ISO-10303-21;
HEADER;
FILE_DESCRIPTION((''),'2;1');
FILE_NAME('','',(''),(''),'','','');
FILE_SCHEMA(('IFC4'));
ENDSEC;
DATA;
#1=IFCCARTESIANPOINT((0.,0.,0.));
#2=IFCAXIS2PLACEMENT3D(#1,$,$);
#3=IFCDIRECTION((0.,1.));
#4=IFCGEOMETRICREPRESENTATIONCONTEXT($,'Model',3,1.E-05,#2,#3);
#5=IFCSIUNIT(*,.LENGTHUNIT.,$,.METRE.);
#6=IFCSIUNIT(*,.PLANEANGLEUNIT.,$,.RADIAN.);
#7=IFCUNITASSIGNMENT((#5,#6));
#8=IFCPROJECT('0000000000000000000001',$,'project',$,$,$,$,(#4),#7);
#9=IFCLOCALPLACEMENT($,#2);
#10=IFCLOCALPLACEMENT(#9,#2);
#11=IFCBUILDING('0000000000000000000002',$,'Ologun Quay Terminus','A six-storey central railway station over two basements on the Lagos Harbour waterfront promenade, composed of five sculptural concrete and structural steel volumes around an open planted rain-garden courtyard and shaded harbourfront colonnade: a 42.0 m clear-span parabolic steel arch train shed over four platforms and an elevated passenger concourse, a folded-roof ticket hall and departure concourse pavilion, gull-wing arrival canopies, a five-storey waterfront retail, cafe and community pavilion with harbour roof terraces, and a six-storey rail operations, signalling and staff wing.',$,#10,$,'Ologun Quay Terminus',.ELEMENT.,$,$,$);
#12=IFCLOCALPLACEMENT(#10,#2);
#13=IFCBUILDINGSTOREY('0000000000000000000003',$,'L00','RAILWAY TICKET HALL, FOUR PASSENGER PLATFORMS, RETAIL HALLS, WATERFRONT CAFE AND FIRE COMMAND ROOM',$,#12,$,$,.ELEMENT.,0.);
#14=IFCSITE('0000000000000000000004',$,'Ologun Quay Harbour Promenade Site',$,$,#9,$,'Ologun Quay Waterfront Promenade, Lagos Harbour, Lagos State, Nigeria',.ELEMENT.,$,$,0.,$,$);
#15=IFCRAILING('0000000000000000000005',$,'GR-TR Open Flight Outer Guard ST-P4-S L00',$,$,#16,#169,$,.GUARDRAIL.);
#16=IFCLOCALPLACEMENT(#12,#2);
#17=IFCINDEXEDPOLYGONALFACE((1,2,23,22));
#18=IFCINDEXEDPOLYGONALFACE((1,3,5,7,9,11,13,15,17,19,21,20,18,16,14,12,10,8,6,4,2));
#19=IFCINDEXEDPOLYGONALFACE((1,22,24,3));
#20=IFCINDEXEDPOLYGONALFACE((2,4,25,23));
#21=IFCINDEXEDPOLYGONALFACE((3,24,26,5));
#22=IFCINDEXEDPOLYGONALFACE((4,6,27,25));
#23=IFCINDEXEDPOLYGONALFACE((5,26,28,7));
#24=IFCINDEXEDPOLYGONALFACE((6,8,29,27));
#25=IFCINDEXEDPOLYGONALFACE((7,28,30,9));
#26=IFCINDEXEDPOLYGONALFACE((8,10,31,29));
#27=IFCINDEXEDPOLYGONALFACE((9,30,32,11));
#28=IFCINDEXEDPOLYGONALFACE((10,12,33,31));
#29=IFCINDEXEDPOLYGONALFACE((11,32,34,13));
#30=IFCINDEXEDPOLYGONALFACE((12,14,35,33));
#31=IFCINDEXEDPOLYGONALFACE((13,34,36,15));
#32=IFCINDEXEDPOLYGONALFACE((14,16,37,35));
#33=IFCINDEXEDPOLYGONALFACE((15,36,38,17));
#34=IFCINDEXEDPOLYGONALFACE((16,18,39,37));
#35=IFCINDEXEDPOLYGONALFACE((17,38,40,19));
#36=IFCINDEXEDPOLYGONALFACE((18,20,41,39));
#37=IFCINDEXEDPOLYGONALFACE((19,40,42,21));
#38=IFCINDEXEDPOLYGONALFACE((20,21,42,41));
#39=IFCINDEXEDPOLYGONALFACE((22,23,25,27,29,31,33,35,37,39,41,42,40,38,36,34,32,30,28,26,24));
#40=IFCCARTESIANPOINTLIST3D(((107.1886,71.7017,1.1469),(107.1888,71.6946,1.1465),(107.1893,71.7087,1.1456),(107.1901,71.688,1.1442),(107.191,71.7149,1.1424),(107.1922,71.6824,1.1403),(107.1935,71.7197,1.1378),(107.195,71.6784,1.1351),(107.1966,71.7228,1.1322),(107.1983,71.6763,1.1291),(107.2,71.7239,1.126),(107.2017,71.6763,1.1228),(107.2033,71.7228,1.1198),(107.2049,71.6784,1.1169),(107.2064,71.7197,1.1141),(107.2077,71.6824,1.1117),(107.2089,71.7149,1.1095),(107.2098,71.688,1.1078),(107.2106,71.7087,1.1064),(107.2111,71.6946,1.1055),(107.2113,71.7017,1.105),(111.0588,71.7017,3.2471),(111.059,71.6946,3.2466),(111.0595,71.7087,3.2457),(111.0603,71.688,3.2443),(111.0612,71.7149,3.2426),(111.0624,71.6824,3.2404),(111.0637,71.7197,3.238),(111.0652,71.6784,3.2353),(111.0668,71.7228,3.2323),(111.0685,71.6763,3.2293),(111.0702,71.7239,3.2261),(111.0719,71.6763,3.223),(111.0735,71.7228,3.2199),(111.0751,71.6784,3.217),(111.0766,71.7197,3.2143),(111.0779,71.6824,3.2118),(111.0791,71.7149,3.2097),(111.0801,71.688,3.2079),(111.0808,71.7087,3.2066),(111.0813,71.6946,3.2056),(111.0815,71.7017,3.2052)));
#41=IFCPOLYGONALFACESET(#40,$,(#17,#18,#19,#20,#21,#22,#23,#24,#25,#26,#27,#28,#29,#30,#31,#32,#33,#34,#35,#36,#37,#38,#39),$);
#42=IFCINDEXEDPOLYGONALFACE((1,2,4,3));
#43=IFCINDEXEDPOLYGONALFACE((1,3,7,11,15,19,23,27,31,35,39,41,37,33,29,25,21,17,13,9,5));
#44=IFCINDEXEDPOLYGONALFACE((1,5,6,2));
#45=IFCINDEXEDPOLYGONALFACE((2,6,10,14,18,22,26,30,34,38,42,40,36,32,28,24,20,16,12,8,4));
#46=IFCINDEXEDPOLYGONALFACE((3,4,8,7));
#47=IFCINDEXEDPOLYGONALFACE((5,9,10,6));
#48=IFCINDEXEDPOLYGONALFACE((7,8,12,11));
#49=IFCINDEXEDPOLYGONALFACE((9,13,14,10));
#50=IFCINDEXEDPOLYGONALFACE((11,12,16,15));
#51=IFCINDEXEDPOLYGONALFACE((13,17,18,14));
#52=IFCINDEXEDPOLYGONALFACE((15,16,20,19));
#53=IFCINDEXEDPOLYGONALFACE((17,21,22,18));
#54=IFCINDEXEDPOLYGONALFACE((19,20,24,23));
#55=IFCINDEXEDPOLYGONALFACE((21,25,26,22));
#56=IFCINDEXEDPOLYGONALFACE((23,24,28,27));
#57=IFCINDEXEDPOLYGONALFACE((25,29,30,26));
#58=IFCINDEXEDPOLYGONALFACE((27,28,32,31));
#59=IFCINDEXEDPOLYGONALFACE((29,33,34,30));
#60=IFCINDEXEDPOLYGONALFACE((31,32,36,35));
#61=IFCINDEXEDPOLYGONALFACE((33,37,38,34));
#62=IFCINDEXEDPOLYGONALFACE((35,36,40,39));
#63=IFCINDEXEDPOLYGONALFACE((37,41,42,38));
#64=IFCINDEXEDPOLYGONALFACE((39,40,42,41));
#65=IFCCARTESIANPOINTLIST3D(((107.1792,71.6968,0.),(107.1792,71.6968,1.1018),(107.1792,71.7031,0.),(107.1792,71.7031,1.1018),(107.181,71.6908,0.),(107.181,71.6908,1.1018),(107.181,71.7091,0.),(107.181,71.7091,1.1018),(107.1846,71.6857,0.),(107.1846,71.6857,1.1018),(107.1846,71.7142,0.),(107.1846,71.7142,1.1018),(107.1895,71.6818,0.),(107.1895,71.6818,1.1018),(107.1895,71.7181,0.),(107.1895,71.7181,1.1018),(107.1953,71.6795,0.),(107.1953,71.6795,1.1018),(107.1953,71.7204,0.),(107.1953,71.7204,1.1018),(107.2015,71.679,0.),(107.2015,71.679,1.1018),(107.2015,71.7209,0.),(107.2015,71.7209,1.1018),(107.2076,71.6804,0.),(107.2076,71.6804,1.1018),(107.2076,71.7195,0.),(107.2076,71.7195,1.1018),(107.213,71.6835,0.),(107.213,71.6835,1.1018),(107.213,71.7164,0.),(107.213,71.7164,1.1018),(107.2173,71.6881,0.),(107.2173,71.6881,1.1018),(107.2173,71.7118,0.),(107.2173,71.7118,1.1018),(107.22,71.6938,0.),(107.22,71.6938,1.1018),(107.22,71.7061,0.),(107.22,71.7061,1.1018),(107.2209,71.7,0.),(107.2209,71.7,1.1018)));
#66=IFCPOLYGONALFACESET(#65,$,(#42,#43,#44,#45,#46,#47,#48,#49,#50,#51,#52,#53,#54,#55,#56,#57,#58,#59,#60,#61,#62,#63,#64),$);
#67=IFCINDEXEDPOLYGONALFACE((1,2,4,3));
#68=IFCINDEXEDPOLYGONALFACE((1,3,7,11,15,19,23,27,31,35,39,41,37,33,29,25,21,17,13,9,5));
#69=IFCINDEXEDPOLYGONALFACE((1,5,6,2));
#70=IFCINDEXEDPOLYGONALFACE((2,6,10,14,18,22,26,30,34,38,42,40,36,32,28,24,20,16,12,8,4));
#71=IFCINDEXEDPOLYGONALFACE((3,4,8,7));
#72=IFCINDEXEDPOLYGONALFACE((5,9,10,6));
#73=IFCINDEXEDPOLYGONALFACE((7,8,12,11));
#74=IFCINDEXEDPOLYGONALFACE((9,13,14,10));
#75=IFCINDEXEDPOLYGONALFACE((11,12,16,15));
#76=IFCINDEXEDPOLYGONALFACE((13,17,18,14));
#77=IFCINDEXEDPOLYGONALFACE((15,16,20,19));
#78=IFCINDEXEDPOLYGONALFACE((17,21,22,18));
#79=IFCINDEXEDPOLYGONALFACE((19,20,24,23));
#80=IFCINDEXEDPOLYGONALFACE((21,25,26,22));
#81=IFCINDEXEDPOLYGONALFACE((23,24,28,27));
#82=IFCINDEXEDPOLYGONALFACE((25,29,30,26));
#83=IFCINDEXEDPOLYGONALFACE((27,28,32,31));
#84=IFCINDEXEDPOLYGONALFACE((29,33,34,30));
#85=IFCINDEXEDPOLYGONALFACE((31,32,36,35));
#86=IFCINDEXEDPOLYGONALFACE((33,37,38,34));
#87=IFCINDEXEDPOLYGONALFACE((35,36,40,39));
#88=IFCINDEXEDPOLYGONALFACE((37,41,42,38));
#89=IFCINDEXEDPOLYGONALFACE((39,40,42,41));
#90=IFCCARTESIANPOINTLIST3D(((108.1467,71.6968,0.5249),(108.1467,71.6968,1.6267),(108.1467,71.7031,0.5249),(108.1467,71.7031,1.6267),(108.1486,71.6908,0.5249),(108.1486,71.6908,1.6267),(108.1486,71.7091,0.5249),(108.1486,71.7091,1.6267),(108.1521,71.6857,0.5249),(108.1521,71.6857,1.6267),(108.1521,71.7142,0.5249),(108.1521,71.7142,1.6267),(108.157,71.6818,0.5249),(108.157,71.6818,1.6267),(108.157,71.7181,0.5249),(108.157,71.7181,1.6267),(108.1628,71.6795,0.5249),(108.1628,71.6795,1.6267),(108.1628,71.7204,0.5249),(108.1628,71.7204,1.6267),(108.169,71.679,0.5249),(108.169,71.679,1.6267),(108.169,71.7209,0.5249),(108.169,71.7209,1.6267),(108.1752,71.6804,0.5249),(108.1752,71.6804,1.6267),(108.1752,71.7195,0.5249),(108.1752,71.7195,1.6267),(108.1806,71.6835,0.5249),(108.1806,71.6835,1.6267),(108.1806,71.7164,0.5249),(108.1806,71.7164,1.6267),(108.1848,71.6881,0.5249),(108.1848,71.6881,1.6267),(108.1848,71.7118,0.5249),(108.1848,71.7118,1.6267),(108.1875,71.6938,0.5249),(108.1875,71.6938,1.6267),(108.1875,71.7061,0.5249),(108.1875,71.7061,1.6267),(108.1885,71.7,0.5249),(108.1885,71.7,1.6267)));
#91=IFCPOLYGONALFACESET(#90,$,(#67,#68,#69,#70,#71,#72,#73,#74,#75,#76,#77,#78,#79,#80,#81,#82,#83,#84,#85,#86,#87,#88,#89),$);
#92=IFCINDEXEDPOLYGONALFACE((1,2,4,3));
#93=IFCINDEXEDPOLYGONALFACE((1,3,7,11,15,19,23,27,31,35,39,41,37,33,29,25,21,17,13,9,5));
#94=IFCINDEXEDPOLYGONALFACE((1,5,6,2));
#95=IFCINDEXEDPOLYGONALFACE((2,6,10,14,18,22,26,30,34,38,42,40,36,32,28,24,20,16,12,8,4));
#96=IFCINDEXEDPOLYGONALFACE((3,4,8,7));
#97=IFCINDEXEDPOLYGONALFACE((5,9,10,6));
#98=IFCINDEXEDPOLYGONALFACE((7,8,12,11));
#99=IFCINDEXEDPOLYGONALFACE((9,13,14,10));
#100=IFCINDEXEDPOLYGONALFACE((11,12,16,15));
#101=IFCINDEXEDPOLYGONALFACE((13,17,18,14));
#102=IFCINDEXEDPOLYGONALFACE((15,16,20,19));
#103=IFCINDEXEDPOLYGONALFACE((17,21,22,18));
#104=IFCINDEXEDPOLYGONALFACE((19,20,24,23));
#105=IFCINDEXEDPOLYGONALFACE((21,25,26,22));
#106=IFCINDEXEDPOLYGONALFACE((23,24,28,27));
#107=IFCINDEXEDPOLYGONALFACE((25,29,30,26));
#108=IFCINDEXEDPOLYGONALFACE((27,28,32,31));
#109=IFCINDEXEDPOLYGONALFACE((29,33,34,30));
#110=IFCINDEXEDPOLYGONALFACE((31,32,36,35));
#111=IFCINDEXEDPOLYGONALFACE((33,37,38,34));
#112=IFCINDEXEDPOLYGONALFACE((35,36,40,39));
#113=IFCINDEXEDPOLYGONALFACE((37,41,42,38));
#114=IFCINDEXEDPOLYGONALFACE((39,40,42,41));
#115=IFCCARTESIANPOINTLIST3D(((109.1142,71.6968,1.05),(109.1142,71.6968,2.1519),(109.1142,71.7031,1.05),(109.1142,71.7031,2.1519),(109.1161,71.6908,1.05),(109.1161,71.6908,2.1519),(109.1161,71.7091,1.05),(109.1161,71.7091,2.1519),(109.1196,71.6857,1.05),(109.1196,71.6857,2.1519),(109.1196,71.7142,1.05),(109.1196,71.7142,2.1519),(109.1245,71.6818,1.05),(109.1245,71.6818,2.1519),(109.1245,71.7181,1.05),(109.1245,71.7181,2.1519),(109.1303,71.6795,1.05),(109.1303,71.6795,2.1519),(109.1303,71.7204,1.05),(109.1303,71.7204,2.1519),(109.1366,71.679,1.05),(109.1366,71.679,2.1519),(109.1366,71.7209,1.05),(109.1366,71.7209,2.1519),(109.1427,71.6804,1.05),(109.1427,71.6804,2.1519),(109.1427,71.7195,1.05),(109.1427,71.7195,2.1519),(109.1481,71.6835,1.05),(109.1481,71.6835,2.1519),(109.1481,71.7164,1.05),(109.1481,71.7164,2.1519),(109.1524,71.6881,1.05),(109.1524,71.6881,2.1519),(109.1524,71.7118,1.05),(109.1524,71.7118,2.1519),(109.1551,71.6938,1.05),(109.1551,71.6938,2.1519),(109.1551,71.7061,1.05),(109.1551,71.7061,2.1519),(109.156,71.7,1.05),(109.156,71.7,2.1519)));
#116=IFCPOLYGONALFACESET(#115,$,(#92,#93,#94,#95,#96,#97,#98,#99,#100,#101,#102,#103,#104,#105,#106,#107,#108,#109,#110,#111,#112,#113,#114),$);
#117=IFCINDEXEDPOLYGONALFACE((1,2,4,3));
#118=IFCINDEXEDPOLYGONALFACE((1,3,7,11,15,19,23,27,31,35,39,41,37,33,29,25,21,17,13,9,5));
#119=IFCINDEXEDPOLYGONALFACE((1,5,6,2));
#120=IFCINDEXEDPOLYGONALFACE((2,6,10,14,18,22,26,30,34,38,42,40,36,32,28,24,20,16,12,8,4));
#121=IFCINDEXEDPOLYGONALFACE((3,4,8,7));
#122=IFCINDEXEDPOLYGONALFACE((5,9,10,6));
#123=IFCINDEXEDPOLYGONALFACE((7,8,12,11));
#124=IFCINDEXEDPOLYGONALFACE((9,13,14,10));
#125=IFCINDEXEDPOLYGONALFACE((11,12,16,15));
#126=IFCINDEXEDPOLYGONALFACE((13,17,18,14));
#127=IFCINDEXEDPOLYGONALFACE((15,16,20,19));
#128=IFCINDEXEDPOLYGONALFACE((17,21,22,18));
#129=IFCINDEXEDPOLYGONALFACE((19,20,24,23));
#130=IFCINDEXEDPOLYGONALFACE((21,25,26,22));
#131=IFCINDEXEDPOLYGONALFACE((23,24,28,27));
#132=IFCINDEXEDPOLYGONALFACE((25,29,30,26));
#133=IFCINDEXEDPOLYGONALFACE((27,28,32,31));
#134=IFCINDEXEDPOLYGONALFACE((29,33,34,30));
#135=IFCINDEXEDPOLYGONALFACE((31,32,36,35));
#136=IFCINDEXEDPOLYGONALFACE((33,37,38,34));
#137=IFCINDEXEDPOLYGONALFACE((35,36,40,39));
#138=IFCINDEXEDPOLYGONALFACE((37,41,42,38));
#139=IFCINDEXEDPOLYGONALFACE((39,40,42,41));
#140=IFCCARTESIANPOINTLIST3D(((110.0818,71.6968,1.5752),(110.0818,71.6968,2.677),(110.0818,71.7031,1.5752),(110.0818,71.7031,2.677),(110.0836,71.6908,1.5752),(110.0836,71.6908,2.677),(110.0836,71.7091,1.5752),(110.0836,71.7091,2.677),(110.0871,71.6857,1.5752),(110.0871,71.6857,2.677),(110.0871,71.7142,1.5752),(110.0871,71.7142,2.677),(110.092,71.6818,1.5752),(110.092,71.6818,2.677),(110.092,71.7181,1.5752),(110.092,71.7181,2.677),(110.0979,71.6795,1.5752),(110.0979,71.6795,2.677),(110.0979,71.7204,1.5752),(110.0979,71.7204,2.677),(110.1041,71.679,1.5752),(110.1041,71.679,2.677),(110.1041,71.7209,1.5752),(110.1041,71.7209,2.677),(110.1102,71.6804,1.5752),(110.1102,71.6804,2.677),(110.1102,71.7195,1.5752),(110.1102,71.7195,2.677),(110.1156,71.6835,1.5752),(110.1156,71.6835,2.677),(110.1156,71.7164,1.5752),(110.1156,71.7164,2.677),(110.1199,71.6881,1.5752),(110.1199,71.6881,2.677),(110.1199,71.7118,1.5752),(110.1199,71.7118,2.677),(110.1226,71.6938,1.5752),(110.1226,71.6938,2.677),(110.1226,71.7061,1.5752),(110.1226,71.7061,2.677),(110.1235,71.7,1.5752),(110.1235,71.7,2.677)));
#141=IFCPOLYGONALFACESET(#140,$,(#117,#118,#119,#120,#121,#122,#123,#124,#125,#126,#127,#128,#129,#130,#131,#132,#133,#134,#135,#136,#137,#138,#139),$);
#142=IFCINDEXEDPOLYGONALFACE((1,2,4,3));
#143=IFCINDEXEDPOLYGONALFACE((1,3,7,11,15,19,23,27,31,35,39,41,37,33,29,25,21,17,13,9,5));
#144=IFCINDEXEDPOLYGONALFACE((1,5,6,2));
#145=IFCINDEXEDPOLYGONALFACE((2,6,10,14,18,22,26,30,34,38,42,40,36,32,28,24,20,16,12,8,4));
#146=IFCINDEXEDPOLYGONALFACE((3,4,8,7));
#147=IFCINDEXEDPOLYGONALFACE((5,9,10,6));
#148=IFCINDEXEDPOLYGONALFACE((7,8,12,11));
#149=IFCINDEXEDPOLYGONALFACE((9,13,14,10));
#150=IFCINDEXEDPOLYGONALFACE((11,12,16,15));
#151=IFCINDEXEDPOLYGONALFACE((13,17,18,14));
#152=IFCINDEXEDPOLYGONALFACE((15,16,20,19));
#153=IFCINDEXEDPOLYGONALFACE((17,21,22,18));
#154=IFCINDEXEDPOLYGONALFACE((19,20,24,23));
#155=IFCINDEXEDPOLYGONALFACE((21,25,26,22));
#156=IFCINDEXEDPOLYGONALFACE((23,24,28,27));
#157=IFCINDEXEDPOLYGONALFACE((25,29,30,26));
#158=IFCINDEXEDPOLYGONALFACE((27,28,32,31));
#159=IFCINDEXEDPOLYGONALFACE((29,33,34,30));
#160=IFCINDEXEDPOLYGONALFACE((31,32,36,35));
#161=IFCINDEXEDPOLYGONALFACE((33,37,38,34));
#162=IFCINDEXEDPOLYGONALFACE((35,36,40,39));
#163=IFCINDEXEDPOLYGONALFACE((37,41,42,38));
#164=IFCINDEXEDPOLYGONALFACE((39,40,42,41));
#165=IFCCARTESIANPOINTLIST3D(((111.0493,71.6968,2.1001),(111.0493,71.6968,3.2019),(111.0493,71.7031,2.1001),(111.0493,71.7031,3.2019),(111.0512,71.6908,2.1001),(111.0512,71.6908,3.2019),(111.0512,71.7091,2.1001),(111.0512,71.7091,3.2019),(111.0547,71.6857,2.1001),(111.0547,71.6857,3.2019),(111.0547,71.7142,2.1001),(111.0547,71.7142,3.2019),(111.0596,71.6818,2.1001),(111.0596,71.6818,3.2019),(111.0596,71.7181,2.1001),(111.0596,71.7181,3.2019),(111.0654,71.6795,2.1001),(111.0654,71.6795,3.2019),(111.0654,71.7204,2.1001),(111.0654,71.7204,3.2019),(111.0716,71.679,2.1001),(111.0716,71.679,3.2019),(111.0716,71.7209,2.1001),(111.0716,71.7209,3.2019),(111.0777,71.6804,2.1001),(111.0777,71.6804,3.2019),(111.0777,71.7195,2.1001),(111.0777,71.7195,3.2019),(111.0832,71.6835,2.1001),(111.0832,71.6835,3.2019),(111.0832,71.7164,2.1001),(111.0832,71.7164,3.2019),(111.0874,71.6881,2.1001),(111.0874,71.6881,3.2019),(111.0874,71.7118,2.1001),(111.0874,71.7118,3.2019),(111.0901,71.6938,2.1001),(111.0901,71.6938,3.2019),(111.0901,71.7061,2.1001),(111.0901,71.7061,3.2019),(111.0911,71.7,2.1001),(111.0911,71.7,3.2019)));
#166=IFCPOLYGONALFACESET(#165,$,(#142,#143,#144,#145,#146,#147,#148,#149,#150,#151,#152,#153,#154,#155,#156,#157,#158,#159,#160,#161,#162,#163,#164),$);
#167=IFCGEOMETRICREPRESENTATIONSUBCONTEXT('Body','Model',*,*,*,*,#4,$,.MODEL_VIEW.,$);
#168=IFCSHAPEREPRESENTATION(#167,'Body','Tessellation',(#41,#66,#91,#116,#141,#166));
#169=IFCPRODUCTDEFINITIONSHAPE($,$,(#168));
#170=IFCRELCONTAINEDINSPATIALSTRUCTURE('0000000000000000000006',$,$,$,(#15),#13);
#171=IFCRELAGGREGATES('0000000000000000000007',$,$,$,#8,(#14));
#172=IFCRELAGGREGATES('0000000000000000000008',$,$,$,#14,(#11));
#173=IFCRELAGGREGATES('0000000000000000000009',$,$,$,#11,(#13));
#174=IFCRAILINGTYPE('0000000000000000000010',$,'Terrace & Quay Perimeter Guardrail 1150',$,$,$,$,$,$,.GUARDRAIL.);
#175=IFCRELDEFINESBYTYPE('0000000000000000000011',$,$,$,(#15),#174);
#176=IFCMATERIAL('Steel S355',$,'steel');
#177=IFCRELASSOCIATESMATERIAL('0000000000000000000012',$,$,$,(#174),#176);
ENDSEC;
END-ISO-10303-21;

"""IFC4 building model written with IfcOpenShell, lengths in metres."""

from ifc_helpers import new_model, si_unit, direction, frame, origin, origin_2d, place, context, subcontext, project, spatial, circle, extrude, material, type_object, element, save


model = new_model("IFC4")

# Units and contexts
model_context = context("Model", 3, precision=1e-05, world=origin(), true_north=direction((0.0, 1.0)))
body_context = subcontext(model_context, "Body", "Model", "MODEL_VIEW")
ifc_project = project(units=[si_unit("LENGTHUNIT", "METRE"), si_unit("PLANEANGLEUNIT", "RADIAN")], contexts=[model_context])

# Site, building, storey
site_placement = place(None, origin())
site = spatial("IfcSite", under=ifc_project, at=site_placement, Name="Ologun Quay Harbour Promenade Site", LongName="Ologun Quay Waterfront Promenade, Lagos Harbour, Lagos State, Nigeria", CompositionType="ELEMENT", RefElevation=0.0)
building_placement = place(site_placement, origin())
building = spatial("IfcBuilding", under=site, at=building_placement, Name="Ologun Quay Terminus", Description="A six-storey central railway station over two basements on the Lagos Harbour waterfront promenade, composed of five sculptural concrete and structural steel volumes around an open planted rain-garden courtyard and shaded harbourfront colonnade: a 42.0 m clear-span parabolic steel arch train shed over four platforms and an elevated passenger concourse, a folded-roof ticket hall and departure concourse pavilion, gull-wing arrival canopies, a five-storey waterfront retail, cafe and community pavilion with harbour roof terraces, and a six-storey rail operations, signalling and staff wing.", LongName="Ologun Quay Terminus", CompositionType="ELEMENT")
storey_placement = place(building_placement, origin())
storey = spatial("IfcBuildingStorey", under=building, at=storey_placement, Name="L00", Description="RAILWAY TICKET HALL, FOUR PASSENGER PLATFORMS, RETAIL HALLS, WATERFRONT CAFE AND FIRE COMMAND ROOM", CompositionType="ELEMENT", Elevation=0.0)

# Railing
ifc_material_1 = material(Name="Steel S355", Category="steel")
railing_type_1 = type_object("IfcRailingType", Name="Terrace & Quay Perimeter Guardrail 1150", PredefinedType="GUARDRAIL", material=ifc_material_1)
railing_1_placement = place(storey_placement, frame((107.2, 71.7, 0.0)))
element("IfcRailing", 1, at=railing_1_placement, inside=storey, type_object=railing_type_1, Name="GR-TR Open Flight Outer Guard ST-P4-S L00", PredefinedType="GUARDRAIL", context=body_context, shape_type="SweptSolid", body=[
    extrude(circle(Radius=0.0239, at=origin_2d()), frame((0.0, 0.0, 1.126), z_axis=(0.878932, 0.0, 0.476947), x_axis=(0.0, 1.0, 0.0)), (0.0, 0.0, 1.0), 4.4033),
    extrude(circle(Radius=0.021, at=origin_2d()), origin(), (0.0, 0.0, 1.0), 1.1018),
    extrude(circle(Radius=0.021, at=origin_2d()), frame((0.9675, 0.0, 0.5249)), (0.0, 0.0, 1.0), 1.1018),
    extrude(circle(Radius=0.021, at=origin_2d()), frame((1.9351, 0.0, 1.05)), (0.0, 0.0, 1.0), 1.1018),
    extrude(circle(Radius=0.021, at=origin_2d()), frame((2.9026, 0.0, 1.5752)), (0.0, 0.0, 1.0), 1.1018),
    extrude(circle(Radius=0.021, at=origin_2d()), frame((3.8701, 0.0, 2.1001)), (0.0, 0.0, 1.0), 1.1018),
])

save(model, "model.ifc")
